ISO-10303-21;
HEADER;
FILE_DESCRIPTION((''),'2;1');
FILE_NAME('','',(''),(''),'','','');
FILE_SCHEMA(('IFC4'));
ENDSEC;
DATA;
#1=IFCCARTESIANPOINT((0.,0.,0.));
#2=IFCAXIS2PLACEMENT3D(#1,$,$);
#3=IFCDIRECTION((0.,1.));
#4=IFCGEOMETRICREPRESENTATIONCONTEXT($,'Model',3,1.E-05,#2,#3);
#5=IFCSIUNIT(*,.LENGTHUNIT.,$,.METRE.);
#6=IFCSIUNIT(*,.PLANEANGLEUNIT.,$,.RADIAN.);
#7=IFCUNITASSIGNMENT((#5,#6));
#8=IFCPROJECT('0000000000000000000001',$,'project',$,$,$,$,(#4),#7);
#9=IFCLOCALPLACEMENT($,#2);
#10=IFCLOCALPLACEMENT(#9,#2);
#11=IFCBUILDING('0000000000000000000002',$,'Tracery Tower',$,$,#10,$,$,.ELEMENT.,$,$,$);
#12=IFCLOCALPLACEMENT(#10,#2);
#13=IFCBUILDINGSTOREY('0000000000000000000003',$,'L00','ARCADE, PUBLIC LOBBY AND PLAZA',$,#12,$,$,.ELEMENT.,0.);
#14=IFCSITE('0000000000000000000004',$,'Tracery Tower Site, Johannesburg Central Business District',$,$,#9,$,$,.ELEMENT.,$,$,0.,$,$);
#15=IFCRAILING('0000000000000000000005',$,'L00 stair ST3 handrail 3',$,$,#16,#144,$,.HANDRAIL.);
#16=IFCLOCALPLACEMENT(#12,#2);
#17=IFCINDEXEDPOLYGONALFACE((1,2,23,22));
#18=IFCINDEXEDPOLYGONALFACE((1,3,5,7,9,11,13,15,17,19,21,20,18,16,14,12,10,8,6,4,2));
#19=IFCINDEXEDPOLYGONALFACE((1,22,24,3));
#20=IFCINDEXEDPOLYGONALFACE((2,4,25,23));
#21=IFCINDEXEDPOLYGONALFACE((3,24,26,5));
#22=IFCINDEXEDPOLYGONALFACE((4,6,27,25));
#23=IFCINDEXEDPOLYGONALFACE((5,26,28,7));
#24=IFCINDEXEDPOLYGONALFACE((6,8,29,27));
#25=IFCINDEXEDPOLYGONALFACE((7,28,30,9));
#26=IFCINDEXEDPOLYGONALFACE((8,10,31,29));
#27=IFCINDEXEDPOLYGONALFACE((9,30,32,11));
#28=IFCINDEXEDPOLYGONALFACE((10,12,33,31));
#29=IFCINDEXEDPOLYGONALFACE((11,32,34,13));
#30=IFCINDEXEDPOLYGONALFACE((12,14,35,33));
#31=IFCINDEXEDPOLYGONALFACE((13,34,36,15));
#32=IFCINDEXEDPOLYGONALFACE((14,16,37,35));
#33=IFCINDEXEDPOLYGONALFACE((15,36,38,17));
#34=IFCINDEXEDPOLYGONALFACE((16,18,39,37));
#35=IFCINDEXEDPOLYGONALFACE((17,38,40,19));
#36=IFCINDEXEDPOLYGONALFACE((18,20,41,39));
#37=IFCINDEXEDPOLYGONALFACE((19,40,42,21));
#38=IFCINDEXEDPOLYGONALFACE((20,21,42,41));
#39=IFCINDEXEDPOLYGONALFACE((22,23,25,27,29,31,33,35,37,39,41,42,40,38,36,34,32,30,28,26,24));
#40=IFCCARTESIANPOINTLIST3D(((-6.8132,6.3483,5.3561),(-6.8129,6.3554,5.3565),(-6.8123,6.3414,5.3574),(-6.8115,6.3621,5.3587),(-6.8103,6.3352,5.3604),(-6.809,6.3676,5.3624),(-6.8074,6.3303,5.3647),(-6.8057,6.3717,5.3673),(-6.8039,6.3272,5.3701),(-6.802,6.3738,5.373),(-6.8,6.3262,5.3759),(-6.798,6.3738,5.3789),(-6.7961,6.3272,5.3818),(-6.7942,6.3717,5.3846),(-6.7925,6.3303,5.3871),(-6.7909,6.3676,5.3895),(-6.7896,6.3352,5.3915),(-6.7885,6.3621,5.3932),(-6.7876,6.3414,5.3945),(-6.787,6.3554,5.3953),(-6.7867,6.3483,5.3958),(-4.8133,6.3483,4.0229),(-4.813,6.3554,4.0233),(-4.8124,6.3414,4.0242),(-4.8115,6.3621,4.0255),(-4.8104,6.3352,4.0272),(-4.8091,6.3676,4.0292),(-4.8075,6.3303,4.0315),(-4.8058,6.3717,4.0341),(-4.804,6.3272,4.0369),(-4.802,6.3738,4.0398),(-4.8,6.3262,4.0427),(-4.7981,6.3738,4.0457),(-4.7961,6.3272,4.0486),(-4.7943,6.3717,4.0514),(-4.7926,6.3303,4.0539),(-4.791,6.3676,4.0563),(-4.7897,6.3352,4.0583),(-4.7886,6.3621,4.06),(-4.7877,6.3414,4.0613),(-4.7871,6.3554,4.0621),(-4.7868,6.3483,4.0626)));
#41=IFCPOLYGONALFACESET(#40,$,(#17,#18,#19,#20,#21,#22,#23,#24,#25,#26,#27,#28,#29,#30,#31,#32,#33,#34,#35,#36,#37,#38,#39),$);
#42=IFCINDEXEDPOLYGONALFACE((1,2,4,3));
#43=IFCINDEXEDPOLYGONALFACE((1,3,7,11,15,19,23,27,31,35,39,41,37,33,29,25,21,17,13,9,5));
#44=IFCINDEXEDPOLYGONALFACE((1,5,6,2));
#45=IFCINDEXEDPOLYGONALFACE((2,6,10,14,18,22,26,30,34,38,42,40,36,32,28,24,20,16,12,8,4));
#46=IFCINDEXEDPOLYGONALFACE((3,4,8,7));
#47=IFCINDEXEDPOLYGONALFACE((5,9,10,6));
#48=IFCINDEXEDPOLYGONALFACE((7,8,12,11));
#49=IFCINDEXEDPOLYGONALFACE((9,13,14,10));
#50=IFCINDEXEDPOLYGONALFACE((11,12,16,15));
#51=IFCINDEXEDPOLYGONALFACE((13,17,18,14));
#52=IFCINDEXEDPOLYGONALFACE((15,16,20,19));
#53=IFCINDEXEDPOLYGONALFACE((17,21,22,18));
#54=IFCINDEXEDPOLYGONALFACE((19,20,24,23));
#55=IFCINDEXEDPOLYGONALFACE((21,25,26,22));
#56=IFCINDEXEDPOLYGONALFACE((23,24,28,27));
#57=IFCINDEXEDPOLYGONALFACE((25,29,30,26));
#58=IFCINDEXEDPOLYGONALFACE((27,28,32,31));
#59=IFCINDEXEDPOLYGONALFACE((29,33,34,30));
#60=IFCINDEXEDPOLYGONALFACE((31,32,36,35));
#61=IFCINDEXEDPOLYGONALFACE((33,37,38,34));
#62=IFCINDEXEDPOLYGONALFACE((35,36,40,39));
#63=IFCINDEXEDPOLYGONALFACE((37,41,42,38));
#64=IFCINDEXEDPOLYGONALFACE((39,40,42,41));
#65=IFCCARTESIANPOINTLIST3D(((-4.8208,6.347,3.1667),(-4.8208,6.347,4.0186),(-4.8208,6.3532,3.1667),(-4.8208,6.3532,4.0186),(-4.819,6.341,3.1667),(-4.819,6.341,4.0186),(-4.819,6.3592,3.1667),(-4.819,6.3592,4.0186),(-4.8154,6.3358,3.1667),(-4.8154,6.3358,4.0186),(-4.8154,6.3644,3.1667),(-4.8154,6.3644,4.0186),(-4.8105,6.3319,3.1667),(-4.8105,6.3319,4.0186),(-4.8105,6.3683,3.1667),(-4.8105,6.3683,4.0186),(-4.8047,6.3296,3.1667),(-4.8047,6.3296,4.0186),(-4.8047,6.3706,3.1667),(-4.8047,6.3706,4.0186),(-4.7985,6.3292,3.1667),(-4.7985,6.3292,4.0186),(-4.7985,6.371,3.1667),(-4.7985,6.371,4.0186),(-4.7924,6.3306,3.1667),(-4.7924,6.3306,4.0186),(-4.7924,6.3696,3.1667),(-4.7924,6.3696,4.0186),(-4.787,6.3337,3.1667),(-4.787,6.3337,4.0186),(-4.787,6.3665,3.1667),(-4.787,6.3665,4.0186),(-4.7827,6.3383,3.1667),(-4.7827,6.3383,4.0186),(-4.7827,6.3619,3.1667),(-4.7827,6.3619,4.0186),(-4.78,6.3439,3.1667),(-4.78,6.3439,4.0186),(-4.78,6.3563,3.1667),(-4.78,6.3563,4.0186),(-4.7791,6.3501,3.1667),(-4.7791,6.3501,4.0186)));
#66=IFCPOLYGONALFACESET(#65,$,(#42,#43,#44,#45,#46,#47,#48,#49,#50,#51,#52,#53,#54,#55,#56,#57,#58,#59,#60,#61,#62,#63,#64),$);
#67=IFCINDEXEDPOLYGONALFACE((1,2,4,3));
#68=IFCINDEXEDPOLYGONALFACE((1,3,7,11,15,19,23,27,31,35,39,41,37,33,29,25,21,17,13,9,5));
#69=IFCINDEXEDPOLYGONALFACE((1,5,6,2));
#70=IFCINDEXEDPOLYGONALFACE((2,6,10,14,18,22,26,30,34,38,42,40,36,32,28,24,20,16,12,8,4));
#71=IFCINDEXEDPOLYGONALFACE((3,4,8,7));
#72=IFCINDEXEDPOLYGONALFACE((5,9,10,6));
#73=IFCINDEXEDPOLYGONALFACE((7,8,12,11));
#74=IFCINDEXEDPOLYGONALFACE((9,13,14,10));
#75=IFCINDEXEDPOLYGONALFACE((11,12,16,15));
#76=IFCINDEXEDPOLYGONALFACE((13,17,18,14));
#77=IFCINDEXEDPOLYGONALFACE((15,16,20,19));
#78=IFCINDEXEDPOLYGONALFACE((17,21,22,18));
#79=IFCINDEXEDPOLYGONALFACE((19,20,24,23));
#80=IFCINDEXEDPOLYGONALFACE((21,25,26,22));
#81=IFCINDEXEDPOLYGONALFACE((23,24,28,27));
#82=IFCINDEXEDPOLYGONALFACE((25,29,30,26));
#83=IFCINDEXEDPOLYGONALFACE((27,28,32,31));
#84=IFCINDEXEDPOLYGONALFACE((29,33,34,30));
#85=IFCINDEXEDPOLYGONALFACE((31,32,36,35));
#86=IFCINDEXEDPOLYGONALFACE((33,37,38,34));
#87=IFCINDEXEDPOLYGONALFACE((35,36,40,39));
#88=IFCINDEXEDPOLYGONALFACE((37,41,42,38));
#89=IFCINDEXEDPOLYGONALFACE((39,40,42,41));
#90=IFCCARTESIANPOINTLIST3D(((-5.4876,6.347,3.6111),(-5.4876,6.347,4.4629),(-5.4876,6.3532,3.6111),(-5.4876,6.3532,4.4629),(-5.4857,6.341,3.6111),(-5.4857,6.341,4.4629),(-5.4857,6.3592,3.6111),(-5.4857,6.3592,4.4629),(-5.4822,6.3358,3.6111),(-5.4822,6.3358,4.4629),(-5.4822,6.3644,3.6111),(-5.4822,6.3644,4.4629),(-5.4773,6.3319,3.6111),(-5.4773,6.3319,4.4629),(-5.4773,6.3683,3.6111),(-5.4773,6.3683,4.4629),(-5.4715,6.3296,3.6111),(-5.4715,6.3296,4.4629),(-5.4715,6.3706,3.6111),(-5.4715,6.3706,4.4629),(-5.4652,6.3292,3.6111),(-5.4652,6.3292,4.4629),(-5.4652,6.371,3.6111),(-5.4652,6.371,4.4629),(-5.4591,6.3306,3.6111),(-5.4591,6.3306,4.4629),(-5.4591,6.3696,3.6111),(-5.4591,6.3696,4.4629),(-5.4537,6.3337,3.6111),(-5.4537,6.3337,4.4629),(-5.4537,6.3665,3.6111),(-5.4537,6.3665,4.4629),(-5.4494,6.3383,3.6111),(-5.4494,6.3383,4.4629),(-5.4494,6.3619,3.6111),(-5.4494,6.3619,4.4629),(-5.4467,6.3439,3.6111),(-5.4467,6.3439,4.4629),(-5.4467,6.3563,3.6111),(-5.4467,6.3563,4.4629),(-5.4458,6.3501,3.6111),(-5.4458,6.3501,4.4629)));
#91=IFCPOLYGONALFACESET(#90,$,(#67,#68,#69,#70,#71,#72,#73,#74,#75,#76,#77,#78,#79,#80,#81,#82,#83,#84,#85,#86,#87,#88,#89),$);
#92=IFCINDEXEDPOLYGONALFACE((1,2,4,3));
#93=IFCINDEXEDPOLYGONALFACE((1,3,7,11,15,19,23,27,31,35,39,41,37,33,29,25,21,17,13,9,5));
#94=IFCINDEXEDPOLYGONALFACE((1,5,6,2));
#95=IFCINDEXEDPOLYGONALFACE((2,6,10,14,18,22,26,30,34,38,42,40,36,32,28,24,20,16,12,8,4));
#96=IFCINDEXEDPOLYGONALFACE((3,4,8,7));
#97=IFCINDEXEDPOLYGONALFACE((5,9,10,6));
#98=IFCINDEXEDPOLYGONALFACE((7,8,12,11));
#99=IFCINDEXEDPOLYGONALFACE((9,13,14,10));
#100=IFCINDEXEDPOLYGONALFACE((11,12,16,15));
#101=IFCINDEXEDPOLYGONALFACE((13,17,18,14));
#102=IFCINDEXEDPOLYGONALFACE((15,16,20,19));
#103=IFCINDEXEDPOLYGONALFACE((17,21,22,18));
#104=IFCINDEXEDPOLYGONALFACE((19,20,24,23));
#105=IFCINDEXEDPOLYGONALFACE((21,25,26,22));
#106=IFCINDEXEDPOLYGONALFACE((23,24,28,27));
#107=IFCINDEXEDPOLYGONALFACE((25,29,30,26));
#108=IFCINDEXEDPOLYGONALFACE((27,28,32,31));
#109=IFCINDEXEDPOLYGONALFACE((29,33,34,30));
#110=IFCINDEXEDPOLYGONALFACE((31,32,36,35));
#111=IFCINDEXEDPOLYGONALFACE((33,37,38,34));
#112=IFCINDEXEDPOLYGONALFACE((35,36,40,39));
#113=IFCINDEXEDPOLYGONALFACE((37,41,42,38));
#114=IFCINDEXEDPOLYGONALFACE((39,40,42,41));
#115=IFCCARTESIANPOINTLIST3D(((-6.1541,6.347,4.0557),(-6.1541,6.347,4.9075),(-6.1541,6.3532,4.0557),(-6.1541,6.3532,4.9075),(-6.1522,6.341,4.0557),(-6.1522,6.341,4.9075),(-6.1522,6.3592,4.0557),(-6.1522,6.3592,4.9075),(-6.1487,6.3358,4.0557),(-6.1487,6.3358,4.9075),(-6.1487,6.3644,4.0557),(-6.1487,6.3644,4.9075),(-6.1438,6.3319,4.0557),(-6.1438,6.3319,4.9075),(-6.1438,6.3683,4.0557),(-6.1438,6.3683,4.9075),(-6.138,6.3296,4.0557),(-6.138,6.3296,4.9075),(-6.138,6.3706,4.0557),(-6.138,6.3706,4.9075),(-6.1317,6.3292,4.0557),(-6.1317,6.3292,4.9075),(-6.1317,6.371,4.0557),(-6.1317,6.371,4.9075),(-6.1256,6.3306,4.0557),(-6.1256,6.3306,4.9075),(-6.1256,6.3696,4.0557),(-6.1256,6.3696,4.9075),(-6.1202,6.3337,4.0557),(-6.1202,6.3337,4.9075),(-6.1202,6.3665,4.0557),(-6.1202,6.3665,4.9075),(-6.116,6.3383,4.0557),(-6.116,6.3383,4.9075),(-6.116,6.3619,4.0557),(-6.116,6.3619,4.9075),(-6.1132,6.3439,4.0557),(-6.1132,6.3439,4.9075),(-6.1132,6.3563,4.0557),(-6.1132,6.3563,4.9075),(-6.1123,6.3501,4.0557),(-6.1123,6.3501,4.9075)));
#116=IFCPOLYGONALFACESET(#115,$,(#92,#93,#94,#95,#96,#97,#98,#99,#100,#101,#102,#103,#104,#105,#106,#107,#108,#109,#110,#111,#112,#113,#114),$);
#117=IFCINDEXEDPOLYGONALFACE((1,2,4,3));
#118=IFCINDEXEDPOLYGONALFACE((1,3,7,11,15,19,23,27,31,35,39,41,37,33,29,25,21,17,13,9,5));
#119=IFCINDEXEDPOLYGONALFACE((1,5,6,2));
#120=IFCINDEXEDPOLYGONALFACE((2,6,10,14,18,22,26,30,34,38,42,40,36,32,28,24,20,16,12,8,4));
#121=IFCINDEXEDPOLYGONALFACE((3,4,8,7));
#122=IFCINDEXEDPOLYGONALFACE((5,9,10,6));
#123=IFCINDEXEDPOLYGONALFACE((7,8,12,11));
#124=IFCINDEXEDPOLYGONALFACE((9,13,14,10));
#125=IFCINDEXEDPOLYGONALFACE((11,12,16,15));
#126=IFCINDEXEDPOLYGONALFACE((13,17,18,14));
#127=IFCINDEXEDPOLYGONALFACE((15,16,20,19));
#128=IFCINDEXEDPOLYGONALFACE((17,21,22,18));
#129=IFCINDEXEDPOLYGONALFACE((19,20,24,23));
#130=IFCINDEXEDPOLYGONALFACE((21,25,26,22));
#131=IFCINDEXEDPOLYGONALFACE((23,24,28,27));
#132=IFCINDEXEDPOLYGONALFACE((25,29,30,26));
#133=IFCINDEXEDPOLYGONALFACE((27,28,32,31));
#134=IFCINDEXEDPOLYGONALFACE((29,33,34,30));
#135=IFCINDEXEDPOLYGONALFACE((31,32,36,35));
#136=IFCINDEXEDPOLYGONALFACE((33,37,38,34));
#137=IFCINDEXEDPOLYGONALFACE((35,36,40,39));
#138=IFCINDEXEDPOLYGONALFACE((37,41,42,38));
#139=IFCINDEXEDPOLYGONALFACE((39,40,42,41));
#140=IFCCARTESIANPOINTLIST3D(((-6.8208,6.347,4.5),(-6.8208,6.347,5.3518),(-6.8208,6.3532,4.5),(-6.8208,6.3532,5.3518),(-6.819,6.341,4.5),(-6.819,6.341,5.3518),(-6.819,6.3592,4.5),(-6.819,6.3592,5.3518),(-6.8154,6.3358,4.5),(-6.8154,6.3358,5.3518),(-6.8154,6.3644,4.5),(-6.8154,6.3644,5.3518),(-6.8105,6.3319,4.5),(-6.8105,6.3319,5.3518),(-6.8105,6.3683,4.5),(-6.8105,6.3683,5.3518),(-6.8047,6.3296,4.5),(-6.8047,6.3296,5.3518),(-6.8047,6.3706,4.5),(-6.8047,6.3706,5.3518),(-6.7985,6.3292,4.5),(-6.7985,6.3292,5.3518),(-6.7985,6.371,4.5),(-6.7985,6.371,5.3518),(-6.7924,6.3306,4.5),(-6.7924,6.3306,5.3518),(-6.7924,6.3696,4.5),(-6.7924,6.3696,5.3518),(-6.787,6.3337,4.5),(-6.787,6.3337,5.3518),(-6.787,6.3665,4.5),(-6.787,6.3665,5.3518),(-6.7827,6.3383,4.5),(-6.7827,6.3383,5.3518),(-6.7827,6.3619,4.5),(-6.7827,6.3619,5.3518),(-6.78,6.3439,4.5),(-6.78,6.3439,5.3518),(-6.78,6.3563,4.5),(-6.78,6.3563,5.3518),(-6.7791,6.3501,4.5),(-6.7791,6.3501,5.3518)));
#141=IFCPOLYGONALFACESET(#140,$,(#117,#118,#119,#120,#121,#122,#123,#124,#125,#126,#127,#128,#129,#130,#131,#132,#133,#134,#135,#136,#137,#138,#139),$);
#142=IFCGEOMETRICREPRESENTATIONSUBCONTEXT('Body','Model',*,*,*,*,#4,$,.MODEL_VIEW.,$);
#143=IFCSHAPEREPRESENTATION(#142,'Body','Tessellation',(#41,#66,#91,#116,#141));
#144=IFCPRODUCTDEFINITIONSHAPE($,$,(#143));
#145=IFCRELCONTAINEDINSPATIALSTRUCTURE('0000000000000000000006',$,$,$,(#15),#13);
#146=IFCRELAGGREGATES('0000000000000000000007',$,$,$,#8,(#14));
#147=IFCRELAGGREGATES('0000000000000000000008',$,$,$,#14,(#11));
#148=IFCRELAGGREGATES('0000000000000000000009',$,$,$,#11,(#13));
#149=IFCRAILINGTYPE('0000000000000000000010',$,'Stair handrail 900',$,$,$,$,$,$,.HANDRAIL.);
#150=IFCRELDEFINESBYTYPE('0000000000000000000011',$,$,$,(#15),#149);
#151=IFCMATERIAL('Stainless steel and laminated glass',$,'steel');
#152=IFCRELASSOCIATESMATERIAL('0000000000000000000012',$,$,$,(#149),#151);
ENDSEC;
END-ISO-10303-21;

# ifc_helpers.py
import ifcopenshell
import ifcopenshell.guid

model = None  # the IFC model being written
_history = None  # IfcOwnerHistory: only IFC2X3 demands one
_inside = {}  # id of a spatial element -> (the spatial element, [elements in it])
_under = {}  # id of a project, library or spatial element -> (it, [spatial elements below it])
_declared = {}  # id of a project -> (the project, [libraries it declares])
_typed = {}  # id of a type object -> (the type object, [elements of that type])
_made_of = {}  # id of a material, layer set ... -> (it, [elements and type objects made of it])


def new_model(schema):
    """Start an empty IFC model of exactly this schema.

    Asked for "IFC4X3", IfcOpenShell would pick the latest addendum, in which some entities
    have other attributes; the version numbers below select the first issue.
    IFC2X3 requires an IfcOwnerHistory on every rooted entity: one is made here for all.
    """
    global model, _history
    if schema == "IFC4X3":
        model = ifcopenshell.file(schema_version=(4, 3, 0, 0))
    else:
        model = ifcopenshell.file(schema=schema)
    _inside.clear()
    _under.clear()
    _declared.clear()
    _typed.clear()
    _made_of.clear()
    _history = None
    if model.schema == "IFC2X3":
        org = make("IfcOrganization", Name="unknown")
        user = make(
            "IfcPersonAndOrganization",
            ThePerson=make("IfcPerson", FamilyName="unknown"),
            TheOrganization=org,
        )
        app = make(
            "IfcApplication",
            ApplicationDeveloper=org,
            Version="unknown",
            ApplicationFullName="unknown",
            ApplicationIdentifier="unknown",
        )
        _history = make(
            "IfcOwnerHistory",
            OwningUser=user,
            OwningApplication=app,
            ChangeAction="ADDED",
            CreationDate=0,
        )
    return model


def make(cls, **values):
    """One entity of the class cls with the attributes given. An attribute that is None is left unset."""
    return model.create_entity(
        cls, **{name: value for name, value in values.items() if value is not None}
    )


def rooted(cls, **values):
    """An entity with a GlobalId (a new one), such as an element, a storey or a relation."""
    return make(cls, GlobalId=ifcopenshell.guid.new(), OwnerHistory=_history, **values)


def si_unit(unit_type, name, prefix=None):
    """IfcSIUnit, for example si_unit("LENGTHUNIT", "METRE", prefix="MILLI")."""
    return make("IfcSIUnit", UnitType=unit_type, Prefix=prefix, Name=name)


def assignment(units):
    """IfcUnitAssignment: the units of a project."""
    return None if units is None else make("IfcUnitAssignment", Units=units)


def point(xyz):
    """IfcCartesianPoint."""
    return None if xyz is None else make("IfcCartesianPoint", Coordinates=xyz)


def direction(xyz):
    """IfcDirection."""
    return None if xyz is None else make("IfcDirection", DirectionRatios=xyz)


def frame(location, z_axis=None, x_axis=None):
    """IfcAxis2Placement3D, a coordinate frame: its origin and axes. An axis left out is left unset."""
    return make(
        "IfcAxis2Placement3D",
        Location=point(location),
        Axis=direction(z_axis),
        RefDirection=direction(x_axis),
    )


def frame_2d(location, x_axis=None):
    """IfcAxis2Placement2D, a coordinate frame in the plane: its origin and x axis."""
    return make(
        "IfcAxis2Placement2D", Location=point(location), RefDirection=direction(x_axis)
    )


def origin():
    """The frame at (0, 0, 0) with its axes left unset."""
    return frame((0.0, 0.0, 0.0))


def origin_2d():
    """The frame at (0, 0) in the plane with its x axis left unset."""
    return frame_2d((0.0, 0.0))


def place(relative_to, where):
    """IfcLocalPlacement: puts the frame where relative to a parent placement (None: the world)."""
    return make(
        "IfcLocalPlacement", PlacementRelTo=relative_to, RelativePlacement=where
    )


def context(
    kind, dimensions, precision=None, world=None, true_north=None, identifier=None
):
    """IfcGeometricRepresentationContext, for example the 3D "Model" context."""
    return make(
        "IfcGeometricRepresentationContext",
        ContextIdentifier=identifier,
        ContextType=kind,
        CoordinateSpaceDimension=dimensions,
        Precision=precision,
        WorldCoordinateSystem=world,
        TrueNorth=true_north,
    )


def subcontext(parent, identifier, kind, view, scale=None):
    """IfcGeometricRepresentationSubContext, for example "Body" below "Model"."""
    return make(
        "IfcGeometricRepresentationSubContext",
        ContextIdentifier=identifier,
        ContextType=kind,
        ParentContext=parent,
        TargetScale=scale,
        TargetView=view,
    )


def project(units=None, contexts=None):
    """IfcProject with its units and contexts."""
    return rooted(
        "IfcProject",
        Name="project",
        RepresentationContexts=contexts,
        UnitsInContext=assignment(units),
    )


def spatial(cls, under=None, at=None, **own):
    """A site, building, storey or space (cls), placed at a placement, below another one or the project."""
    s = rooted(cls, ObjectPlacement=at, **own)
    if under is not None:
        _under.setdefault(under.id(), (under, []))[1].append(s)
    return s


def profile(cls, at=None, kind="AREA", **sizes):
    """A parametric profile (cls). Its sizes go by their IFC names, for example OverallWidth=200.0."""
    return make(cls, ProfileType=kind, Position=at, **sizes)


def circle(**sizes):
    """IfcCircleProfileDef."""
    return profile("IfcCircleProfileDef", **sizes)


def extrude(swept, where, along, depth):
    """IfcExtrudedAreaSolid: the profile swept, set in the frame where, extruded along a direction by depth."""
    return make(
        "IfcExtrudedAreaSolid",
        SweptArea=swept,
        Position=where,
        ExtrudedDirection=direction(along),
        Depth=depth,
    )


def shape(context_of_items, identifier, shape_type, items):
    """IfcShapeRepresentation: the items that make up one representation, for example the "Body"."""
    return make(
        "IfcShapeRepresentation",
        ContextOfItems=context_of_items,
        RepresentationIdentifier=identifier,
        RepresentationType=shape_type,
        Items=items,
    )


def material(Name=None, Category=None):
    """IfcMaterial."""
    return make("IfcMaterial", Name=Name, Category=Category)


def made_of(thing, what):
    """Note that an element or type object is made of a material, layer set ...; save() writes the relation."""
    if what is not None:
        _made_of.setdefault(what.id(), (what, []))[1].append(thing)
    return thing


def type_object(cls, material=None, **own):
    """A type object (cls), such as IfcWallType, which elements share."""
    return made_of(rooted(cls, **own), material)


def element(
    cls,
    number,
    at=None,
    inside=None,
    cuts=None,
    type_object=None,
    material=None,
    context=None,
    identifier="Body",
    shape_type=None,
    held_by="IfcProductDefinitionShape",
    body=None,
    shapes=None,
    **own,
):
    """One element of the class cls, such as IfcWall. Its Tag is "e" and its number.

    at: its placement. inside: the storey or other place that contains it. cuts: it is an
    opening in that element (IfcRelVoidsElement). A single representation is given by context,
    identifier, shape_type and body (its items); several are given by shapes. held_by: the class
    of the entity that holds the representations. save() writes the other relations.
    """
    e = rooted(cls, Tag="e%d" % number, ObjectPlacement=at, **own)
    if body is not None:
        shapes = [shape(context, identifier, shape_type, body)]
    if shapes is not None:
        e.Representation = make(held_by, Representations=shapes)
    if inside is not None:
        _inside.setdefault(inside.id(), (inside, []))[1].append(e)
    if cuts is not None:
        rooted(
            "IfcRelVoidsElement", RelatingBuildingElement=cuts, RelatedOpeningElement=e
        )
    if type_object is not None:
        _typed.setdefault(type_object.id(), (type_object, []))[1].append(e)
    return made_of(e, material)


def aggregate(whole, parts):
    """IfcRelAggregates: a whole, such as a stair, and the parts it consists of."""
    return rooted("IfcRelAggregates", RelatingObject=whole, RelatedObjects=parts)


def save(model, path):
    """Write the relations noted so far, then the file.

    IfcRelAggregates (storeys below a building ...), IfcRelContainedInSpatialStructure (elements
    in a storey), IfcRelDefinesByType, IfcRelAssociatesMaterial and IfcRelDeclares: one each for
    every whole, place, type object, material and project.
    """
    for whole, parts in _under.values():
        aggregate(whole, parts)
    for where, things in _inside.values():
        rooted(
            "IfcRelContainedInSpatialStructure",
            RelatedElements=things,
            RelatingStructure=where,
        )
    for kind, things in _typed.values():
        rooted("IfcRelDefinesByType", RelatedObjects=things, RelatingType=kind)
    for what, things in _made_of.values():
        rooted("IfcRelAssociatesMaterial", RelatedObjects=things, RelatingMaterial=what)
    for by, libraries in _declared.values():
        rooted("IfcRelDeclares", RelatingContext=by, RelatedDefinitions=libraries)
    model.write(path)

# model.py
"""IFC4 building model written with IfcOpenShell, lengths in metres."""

from ifc_helpers import new_model, si_unit, direction, frame, origin, origin_2d, place, context, subcontext, project, spatial, circle, extrude, material, type_object, element, save


model = new_model("IFC4")

# Units and contexts
model_context = context("Model", 3, precision=1e-05, world=origin(), true_north=direction((0.0, 1.0)))
body_context = subcontext(model_context, "Body", "Model", "MODEL_VIEW")
ifc_project = project(units=[si_unit("LENGTHUNIT", "METRE"), si_unit("PLANEANGLEUNIT", "RADIAN")], contexts=[model_context])

# Site, building, storey
site_placement = place(None, origin())
site = spatial("IfcSite", under=ifc_project, at=site_placement, Name="Tracery Tower Site, Johannesburg Central Business District", CompositionType="ELEMENT", RefElevation=0.0)
building_placement = place(site_placement, origin())
building = spatial("IfcBuilding", under=site, at=building_placement, Name="Tracery Tower", CompositionType="ELEMENT")
storey_placement = place(building_placement, origin())
storey = spatial("IfcBuildingStorey", under=building, at=storey_placement, Name="L00", Description="ARCADE, PUBLIC LOBBY AND PLAZA", CompositionType="ELEMENT", Elevation=0.0)

# Railing
ifc_material_1 = material(Name="Stainless steel and laminated glass", Category="steel")
railing_type_1 = type_object("IfcRailingType", Name="Stair handrail 900", PredefinedType="HANDRAIL", material=ifc_material_1)
railing_1_placement = place(storey_placement, frame((-4.8, 6.3501, 3.1667)))
element("IfcRailing", 1, at=railing_1_placement, inside=storey, type_object=railing_type_1, Name="L00 stair ST3 handrail 3", PredefinedType="HANDRAIL", context=body_context, shape_type="SweptSolid", body=[
    extrude(circle(Radius=0.0239, at=origin_2d()), frame((0.0, 0.0, 0.876), z_axis=(-0.832066, 0.0, 0.554677), x_axis=(0.0, -1.0, 0.0)), (0.0, 0.0, 1.0), 2.4036),
    extrude(circle(Radius=0.021, at=origin_2d()), origin(), (0.0, 0.0, 1.0), 0.8518),
    extrude(circle(Radius=0.021, at=origin_2d()), frame((-0.6667, 0.0, 0.4443)), (0.0, 0.0, 1.0), 0.8518),
    extrude(circle(Radius=0.021, at=origin_2d()), frame((-1.3333, 0.0, 0.8889)), (0.0, 0.0, 1.0), 0.8518),
    extrude(circle(Radius=0.021, at=origin_2d()), frame((-2.0, 0.0, 1.3333)), (0.0, 0.0, 1.0), 0.8518),
])

save(model, "model.ifc")
